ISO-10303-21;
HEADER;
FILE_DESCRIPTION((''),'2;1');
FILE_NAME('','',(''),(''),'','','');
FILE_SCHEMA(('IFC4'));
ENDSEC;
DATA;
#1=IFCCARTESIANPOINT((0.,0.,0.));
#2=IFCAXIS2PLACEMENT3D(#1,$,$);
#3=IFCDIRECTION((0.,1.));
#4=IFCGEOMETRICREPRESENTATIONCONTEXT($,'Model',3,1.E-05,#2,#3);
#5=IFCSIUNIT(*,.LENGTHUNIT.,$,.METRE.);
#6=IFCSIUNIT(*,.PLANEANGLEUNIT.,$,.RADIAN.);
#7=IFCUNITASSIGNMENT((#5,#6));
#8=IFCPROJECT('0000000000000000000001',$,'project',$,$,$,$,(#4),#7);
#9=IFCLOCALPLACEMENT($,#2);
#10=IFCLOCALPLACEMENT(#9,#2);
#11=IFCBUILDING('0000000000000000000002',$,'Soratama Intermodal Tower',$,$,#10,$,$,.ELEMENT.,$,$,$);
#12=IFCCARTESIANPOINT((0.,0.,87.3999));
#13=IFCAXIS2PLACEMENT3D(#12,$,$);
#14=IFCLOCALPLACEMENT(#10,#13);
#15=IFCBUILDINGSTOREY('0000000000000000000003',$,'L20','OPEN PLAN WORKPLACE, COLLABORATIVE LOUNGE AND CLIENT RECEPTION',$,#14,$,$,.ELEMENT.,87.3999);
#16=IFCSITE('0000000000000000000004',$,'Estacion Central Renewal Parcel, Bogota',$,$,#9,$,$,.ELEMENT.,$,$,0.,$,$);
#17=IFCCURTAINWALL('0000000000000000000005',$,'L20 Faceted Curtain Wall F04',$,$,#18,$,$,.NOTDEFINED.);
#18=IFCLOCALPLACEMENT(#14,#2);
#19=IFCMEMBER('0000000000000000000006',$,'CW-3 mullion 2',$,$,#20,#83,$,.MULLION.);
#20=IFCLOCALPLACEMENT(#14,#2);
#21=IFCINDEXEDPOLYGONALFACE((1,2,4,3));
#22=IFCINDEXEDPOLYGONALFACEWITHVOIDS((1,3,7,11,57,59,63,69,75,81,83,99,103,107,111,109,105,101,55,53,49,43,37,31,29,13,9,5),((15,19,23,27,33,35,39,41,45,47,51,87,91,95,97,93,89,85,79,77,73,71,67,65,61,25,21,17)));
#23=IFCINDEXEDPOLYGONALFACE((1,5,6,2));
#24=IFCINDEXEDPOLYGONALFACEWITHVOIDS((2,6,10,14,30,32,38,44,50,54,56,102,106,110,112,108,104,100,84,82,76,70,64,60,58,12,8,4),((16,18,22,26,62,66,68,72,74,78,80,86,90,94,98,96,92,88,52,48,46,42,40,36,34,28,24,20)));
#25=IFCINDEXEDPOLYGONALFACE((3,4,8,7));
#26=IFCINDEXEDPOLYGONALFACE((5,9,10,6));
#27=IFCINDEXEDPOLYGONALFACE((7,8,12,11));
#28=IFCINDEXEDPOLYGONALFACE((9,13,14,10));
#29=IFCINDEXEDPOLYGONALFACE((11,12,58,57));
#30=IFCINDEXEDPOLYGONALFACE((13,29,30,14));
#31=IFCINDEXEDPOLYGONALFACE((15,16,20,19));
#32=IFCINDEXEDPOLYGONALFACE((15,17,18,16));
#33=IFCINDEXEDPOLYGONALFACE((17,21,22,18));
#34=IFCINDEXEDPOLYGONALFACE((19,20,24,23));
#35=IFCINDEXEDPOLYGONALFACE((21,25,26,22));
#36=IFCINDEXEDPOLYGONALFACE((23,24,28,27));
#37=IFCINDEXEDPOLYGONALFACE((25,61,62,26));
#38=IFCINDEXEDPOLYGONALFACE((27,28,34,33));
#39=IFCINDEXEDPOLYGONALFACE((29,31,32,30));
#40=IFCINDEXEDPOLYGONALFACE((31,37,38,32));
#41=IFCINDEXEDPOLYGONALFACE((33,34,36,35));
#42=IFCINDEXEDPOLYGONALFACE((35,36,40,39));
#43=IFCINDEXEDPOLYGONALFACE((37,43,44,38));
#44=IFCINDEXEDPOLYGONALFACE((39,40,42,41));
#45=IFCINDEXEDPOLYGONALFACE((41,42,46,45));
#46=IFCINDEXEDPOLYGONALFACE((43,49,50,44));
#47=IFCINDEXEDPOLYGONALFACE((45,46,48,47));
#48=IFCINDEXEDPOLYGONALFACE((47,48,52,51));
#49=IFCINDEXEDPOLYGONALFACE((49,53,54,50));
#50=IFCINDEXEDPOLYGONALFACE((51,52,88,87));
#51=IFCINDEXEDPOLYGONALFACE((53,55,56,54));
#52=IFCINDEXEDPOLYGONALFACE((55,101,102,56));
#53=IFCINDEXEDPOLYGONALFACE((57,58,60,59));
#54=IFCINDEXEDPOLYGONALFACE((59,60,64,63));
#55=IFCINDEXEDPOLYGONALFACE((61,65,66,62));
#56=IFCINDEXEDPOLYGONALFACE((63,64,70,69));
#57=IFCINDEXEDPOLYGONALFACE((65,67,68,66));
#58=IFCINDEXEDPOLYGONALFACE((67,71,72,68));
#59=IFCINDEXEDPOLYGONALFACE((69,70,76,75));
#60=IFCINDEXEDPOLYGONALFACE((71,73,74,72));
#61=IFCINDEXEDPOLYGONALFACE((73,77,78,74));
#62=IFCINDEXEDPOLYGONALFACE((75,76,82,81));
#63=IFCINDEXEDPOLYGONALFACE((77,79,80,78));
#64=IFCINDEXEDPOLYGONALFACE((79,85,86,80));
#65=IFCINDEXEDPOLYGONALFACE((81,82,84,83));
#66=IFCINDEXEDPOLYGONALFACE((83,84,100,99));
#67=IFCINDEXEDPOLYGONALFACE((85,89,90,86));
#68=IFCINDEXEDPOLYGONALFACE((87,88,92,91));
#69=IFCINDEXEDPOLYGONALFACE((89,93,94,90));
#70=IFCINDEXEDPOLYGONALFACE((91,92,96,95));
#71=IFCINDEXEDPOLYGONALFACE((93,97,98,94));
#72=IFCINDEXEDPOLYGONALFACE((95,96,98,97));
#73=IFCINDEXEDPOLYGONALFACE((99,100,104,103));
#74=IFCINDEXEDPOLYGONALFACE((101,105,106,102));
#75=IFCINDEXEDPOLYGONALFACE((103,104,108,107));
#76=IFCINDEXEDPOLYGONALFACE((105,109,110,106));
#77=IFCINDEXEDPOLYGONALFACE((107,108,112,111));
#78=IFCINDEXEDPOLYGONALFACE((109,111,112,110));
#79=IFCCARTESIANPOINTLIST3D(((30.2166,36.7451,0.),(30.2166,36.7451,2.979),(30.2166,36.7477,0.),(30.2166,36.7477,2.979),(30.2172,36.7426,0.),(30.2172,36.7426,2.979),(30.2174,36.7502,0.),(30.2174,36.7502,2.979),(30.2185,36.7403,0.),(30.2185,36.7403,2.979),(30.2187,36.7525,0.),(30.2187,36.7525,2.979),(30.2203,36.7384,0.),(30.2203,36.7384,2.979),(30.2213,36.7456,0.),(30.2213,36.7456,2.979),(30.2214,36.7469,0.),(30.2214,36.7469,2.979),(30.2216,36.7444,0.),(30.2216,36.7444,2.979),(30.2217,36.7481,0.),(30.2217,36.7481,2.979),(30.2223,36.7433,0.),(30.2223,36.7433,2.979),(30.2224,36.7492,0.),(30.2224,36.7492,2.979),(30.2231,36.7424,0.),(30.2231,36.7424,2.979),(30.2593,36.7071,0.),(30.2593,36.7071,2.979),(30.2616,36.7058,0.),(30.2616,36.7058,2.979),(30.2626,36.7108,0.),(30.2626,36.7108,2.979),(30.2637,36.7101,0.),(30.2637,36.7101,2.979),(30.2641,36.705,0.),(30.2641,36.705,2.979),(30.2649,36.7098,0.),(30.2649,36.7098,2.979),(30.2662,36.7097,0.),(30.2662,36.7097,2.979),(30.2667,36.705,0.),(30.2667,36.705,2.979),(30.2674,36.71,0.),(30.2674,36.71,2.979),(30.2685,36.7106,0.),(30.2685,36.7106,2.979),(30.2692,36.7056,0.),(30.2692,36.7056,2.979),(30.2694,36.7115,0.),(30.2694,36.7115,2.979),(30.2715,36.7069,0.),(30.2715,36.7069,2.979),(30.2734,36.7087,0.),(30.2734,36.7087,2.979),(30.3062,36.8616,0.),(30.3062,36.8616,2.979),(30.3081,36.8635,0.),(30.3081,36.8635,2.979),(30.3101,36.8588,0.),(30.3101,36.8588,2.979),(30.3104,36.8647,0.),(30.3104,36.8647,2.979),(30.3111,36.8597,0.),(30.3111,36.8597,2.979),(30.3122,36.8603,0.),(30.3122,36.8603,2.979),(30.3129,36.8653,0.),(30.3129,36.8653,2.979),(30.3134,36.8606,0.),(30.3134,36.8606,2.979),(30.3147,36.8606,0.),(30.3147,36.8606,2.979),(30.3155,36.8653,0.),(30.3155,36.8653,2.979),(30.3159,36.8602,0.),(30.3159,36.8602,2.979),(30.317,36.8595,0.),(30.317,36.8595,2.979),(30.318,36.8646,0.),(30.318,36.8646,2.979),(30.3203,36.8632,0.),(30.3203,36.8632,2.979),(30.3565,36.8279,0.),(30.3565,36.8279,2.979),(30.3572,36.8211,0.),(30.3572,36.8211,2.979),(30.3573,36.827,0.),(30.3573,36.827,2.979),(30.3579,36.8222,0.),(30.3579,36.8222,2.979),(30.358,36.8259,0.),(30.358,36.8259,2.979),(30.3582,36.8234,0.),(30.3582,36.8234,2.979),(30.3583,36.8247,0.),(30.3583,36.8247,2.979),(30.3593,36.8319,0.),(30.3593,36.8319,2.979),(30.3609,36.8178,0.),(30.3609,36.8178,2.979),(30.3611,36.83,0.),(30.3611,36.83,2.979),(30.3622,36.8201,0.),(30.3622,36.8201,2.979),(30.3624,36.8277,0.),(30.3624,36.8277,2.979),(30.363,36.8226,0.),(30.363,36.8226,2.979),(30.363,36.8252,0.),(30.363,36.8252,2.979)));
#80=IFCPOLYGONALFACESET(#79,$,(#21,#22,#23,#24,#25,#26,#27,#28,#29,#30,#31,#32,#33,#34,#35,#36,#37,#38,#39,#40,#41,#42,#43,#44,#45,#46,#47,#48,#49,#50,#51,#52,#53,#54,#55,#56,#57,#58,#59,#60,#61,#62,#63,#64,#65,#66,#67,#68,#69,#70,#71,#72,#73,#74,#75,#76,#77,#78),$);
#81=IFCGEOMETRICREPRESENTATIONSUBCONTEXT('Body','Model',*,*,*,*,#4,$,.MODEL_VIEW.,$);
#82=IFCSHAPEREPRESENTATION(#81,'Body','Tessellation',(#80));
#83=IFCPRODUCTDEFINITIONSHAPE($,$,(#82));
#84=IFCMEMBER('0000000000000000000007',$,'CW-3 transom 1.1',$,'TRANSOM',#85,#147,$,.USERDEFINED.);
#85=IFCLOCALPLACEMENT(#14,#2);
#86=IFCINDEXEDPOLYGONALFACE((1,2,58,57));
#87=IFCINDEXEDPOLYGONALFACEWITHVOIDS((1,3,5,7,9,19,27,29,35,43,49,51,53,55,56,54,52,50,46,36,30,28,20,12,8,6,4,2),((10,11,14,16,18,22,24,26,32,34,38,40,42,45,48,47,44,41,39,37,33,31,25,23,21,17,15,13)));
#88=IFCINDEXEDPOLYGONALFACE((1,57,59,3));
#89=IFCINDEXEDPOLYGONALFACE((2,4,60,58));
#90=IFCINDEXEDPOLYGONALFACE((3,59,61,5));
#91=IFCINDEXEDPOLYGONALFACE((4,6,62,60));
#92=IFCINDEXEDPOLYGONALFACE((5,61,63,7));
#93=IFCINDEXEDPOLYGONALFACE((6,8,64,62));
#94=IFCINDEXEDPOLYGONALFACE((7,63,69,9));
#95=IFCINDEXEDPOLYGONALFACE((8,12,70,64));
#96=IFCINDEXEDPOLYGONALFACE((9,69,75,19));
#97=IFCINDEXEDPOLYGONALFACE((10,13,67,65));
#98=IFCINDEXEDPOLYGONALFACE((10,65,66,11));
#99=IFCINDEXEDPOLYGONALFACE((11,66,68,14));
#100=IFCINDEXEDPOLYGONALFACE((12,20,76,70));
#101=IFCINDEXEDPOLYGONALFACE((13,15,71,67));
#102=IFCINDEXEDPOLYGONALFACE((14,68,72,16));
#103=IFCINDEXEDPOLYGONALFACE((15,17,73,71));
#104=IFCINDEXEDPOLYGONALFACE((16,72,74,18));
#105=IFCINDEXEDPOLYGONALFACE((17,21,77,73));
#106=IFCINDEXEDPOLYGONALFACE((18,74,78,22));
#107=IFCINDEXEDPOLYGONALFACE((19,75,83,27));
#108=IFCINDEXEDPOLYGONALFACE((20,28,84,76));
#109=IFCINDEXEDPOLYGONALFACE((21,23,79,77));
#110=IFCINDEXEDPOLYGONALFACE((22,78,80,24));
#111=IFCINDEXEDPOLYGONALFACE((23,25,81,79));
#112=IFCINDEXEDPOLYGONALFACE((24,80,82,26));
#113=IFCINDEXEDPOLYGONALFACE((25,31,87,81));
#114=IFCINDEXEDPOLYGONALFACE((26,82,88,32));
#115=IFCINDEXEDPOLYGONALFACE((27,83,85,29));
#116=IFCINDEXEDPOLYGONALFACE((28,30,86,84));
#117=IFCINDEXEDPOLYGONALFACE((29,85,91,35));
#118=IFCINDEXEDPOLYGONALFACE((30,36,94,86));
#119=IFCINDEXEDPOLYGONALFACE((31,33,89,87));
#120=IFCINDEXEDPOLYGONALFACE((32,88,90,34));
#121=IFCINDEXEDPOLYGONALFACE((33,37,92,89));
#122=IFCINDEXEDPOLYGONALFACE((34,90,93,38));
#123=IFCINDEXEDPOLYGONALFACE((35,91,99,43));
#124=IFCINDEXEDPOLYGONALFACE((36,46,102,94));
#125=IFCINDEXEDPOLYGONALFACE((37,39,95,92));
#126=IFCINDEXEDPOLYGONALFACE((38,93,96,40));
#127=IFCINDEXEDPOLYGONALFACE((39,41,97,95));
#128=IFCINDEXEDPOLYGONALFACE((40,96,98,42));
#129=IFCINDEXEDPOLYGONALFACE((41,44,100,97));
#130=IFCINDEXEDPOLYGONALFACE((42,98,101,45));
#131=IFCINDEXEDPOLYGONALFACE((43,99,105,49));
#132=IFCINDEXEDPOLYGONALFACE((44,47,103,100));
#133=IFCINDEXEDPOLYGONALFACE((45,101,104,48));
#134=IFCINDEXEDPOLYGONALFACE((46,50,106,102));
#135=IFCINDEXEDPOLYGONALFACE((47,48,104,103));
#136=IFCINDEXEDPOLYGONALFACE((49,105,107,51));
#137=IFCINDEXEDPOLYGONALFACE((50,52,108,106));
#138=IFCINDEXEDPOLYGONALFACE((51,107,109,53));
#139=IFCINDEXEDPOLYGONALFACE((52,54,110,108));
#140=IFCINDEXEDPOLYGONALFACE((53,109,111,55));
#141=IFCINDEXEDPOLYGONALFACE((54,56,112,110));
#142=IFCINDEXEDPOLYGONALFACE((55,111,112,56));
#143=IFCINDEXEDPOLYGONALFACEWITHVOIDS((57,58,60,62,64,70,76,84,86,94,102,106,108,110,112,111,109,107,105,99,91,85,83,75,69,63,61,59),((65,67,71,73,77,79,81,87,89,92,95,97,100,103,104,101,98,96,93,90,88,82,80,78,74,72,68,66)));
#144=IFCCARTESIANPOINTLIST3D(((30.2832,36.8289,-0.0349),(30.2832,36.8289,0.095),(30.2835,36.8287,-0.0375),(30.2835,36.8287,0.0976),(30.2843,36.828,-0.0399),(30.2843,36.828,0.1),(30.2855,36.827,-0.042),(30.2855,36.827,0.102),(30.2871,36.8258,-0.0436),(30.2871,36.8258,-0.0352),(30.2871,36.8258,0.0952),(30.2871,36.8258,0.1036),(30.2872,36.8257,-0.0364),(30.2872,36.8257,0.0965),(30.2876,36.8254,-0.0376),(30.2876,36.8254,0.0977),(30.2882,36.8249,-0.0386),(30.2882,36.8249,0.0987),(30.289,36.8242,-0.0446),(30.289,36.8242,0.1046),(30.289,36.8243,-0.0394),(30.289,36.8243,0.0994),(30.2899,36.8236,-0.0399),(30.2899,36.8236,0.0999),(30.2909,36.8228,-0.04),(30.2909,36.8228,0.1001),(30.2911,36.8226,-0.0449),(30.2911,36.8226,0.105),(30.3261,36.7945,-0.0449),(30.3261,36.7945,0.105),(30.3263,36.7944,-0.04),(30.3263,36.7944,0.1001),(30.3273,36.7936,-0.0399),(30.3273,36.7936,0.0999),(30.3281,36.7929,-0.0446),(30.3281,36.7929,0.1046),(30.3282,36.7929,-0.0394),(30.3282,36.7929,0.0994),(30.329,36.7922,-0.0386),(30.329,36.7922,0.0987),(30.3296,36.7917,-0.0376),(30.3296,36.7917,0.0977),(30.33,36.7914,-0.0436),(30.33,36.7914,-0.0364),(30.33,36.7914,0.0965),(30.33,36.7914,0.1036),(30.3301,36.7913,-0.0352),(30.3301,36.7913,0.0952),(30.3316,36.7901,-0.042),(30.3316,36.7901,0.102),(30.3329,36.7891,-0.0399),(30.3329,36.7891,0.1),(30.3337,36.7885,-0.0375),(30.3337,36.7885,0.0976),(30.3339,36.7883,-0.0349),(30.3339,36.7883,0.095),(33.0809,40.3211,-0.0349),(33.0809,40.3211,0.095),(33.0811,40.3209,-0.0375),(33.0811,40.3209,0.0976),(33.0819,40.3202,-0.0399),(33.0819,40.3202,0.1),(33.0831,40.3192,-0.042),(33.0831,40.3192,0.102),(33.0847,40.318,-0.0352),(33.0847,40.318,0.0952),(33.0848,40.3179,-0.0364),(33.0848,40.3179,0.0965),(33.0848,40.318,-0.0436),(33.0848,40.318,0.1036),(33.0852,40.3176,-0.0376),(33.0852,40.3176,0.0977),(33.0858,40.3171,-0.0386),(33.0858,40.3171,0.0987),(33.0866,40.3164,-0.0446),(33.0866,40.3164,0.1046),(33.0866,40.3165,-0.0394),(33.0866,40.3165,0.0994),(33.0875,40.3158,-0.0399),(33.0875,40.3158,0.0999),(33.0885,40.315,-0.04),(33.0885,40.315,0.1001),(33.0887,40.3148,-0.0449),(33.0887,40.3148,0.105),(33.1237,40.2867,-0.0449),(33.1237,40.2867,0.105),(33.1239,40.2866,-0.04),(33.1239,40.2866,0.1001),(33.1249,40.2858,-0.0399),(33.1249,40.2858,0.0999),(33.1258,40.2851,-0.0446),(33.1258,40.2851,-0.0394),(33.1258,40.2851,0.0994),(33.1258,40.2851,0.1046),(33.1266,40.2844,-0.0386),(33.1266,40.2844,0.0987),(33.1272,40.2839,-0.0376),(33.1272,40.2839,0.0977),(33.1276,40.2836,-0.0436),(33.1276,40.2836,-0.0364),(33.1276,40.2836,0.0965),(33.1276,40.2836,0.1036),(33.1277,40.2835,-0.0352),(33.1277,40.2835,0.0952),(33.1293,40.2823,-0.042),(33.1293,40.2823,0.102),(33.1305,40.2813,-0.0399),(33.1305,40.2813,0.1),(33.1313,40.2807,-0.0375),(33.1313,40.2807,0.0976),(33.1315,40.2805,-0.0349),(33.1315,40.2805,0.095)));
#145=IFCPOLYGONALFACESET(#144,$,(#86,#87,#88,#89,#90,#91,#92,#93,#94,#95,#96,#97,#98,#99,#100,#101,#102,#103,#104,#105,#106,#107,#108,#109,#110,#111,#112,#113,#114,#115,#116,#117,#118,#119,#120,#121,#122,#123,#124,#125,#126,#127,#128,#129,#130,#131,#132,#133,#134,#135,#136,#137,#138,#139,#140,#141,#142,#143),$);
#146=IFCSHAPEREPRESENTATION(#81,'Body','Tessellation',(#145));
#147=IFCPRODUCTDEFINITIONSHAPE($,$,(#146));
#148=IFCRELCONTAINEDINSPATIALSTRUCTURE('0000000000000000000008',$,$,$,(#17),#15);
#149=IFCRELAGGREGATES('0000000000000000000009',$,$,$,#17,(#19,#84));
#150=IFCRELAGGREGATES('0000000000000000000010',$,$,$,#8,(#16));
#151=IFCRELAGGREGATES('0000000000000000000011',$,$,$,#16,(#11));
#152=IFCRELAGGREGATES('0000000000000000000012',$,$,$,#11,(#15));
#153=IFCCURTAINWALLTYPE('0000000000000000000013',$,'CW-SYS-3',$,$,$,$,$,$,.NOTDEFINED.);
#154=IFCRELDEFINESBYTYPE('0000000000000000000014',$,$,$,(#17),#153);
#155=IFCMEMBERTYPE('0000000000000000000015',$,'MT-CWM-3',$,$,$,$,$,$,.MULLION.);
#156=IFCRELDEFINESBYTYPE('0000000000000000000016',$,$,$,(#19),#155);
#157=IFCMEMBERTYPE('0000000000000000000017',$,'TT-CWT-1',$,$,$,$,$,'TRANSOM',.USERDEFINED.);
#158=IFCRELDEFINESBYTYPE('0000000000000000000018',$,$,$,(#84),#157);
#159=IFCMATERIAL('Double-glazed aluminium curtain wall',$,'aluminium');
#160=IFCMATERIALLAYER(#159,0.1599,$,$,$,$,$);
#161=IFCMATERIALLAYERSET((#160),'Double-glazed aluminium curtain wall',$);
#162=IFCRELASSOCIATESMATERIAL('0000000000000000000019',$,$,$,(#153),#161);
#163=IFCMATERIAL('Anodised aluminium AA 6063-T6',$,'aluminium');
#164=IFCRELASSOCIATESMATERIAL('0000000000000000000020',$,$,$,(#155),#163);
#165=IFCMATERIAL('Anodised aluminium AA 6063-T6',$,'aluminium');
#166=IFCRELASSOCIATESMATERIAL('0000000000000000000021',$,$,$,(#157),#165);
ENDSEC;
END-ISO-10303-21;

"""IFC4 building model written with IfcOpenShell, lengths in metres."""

from ifc_helpers import new_model, si_unit, direction, frame, origin, origin_2d, place, context, subcontext, project, spatial, hollow_rectangle, extrude, material, layer, layer_set, material_profile, profile_set, type_object, element, aggregate, save


model = new_model("IFC4")

# Units and contexts
model_context = context("Model", 3, precision=1e-05, world=origin(), true_north=direction((0.0, 1.0)))
body_context = subcontext(model_context, "Body", "Model", "MODEL_VIEW")
ifc_project = project(units=[si_unit("LENGTHUNIT", "METRE"), si_unit("PLANEANGLEUNIT", "RADIAN")], contexts=[model_context])

# Site, building, storey
site_placement = place(None, origin())
site = spatial("IfcSite", under=ifc_project, at=site_placement, Name="Estacion Central Renewal Parcel, Bogota", CompositionType="ELEMENT", RefElevation=0.0)
building_placement = place(site_placement, origin())
building = spatial("IfcBuilding", under=site, at=building_placement, Name="Soratama Intermodal Tower", CompositionType="ELEMENT")
storey_placement = place(building_placement, frame((0.0, 0.0, 87.3999)))
storey = spatial("IfcBuildingStorey", under=building, at=storey_placement, Name="L20", Description="OPEN PLAN WORKPLACE, COLLABORATIVE LOUNGE AND CLIENT RECEPTION", CompositionType="ELEMENT", Elevation=87.3999)

# Curtain wall, members
ifc_material_1 = material(Name="Double-glazed aluminium curtain wall", Category="aluminium")
ifc_layer_1 = layer(ifc_material_1, 0.1599)
ifc_layer_set_1 = layer_set([ifc_layer_1], Name="Double-glazed aluminium curtain wall")
curtain_wall_type = type_object("IfcCurtainWallType", Name="CW-SYS-3", PredefinedType="NOTDEFINED", material=ifc_layer_set_1)
curtain_wall_placement = place(storey_placement, origin())
curtain_wall = element("IfcCurtainWall", 1, at=curtain_wall_placement, inside=storey, type_object=curtain_wall_type, Name="L20 Faceted Curtain Wall F04", PredefinedType="NOTDEFINED")
ifc_material_2 = material(Name="Anodised aluminium AA 6063-T6", Category="aluminium")
ifc_material_profile_1 = material_profile(ifc_material_2, hollow_rectangle(XDim=0.0701, YDim=0.1599, WallThickness=0.0049, InnerFilletRadius=0.0049, OuterFilletRadius=0.01, at=origin_2d()), Name="CWM160X70X5")
ifc_profile_set_1 = profile_set([ifc_material_profile_1], Name="Anodised aluminium AA 6063-T6")
member_type_1 = type_object("IfcMemberType", Name="MT-CWM-3", PredefinedType="MULLION", material=ifc_profile_set_1)
member_1_placement = place(storey_placement, frame((30.2898, 36.7852, 0.0), z_axis=(0.0, 0.0, 1.0), x_axis=(0.780432, -0.625241, 0.0)))
member_1 = element("IfcMember", 2, at=member_1_placement, type_object=member_type_1, Name="CW-3 mullion 2", PredefinedType="MULLION", context=body_context, shape_type="SweptSolid", body=[
    extrude(hollow_rectangle(XDim=0.0701, YDim=0.1599, WallThickness=0.0049, InnerFilletRadius=0.0049, OuterFilletRadius=0.01, at=origin_2d()), origin(), (0.0, 0.0, 1.0), 2.979),
])
ifc_material_3 = material(Name="Anodised aluminium AA 6063-T6", Category="aluminium")
ifc_material_profile_2 = material_profile(ifc_material_3, hollow_rectangle(XDim=0.0649, YDim=0.1499, WallThickness=0.0049, InnerFilletRadius=0.0049, OuterFilletRadius=0.01, at=origin_2d()), Name="CWT150X65X5")
ifc_profile_set_2 = profile_set([ifc_material_profile_2], Name="Anodised aluminium AA 6063-T6")
member_type_2 = type_object("IfcMemberType", Name="TT-CWT-1", ElementType="TRANSOM", PredefinedType="USERDEFINED", material=ifc_profile_set_2)
member_2_placement = place(storey_placement, frame((33.1062, 40.3008, 0.03), z_axis=(-0.625221, -0.780448, 0.0), x_axis=(0.780448, -0.625221, 0.0)))
member_2 = element("IfcMember", 3, at=member_2_placement, type_object=member_type_2, Name="CW-3 transom 1.1", ObjectType="TRANSOM", PredefinedType="USERDEFINED", context=body_context, shape_type="SweptSolid", body=[
    extrude(hollow_rectangle(XDim=0.0649, YDim=0.1499, WallThickness=0.0049, InnerFilletRadius=0.0049, OuterFilletRadius=0.01, at=origin_2d()), origin(), (0.0, 0.0, 1.0), 4.4746),
])
aggregate(curtain_wall, [member_1, member_2])

save(model, "model.ifc")
